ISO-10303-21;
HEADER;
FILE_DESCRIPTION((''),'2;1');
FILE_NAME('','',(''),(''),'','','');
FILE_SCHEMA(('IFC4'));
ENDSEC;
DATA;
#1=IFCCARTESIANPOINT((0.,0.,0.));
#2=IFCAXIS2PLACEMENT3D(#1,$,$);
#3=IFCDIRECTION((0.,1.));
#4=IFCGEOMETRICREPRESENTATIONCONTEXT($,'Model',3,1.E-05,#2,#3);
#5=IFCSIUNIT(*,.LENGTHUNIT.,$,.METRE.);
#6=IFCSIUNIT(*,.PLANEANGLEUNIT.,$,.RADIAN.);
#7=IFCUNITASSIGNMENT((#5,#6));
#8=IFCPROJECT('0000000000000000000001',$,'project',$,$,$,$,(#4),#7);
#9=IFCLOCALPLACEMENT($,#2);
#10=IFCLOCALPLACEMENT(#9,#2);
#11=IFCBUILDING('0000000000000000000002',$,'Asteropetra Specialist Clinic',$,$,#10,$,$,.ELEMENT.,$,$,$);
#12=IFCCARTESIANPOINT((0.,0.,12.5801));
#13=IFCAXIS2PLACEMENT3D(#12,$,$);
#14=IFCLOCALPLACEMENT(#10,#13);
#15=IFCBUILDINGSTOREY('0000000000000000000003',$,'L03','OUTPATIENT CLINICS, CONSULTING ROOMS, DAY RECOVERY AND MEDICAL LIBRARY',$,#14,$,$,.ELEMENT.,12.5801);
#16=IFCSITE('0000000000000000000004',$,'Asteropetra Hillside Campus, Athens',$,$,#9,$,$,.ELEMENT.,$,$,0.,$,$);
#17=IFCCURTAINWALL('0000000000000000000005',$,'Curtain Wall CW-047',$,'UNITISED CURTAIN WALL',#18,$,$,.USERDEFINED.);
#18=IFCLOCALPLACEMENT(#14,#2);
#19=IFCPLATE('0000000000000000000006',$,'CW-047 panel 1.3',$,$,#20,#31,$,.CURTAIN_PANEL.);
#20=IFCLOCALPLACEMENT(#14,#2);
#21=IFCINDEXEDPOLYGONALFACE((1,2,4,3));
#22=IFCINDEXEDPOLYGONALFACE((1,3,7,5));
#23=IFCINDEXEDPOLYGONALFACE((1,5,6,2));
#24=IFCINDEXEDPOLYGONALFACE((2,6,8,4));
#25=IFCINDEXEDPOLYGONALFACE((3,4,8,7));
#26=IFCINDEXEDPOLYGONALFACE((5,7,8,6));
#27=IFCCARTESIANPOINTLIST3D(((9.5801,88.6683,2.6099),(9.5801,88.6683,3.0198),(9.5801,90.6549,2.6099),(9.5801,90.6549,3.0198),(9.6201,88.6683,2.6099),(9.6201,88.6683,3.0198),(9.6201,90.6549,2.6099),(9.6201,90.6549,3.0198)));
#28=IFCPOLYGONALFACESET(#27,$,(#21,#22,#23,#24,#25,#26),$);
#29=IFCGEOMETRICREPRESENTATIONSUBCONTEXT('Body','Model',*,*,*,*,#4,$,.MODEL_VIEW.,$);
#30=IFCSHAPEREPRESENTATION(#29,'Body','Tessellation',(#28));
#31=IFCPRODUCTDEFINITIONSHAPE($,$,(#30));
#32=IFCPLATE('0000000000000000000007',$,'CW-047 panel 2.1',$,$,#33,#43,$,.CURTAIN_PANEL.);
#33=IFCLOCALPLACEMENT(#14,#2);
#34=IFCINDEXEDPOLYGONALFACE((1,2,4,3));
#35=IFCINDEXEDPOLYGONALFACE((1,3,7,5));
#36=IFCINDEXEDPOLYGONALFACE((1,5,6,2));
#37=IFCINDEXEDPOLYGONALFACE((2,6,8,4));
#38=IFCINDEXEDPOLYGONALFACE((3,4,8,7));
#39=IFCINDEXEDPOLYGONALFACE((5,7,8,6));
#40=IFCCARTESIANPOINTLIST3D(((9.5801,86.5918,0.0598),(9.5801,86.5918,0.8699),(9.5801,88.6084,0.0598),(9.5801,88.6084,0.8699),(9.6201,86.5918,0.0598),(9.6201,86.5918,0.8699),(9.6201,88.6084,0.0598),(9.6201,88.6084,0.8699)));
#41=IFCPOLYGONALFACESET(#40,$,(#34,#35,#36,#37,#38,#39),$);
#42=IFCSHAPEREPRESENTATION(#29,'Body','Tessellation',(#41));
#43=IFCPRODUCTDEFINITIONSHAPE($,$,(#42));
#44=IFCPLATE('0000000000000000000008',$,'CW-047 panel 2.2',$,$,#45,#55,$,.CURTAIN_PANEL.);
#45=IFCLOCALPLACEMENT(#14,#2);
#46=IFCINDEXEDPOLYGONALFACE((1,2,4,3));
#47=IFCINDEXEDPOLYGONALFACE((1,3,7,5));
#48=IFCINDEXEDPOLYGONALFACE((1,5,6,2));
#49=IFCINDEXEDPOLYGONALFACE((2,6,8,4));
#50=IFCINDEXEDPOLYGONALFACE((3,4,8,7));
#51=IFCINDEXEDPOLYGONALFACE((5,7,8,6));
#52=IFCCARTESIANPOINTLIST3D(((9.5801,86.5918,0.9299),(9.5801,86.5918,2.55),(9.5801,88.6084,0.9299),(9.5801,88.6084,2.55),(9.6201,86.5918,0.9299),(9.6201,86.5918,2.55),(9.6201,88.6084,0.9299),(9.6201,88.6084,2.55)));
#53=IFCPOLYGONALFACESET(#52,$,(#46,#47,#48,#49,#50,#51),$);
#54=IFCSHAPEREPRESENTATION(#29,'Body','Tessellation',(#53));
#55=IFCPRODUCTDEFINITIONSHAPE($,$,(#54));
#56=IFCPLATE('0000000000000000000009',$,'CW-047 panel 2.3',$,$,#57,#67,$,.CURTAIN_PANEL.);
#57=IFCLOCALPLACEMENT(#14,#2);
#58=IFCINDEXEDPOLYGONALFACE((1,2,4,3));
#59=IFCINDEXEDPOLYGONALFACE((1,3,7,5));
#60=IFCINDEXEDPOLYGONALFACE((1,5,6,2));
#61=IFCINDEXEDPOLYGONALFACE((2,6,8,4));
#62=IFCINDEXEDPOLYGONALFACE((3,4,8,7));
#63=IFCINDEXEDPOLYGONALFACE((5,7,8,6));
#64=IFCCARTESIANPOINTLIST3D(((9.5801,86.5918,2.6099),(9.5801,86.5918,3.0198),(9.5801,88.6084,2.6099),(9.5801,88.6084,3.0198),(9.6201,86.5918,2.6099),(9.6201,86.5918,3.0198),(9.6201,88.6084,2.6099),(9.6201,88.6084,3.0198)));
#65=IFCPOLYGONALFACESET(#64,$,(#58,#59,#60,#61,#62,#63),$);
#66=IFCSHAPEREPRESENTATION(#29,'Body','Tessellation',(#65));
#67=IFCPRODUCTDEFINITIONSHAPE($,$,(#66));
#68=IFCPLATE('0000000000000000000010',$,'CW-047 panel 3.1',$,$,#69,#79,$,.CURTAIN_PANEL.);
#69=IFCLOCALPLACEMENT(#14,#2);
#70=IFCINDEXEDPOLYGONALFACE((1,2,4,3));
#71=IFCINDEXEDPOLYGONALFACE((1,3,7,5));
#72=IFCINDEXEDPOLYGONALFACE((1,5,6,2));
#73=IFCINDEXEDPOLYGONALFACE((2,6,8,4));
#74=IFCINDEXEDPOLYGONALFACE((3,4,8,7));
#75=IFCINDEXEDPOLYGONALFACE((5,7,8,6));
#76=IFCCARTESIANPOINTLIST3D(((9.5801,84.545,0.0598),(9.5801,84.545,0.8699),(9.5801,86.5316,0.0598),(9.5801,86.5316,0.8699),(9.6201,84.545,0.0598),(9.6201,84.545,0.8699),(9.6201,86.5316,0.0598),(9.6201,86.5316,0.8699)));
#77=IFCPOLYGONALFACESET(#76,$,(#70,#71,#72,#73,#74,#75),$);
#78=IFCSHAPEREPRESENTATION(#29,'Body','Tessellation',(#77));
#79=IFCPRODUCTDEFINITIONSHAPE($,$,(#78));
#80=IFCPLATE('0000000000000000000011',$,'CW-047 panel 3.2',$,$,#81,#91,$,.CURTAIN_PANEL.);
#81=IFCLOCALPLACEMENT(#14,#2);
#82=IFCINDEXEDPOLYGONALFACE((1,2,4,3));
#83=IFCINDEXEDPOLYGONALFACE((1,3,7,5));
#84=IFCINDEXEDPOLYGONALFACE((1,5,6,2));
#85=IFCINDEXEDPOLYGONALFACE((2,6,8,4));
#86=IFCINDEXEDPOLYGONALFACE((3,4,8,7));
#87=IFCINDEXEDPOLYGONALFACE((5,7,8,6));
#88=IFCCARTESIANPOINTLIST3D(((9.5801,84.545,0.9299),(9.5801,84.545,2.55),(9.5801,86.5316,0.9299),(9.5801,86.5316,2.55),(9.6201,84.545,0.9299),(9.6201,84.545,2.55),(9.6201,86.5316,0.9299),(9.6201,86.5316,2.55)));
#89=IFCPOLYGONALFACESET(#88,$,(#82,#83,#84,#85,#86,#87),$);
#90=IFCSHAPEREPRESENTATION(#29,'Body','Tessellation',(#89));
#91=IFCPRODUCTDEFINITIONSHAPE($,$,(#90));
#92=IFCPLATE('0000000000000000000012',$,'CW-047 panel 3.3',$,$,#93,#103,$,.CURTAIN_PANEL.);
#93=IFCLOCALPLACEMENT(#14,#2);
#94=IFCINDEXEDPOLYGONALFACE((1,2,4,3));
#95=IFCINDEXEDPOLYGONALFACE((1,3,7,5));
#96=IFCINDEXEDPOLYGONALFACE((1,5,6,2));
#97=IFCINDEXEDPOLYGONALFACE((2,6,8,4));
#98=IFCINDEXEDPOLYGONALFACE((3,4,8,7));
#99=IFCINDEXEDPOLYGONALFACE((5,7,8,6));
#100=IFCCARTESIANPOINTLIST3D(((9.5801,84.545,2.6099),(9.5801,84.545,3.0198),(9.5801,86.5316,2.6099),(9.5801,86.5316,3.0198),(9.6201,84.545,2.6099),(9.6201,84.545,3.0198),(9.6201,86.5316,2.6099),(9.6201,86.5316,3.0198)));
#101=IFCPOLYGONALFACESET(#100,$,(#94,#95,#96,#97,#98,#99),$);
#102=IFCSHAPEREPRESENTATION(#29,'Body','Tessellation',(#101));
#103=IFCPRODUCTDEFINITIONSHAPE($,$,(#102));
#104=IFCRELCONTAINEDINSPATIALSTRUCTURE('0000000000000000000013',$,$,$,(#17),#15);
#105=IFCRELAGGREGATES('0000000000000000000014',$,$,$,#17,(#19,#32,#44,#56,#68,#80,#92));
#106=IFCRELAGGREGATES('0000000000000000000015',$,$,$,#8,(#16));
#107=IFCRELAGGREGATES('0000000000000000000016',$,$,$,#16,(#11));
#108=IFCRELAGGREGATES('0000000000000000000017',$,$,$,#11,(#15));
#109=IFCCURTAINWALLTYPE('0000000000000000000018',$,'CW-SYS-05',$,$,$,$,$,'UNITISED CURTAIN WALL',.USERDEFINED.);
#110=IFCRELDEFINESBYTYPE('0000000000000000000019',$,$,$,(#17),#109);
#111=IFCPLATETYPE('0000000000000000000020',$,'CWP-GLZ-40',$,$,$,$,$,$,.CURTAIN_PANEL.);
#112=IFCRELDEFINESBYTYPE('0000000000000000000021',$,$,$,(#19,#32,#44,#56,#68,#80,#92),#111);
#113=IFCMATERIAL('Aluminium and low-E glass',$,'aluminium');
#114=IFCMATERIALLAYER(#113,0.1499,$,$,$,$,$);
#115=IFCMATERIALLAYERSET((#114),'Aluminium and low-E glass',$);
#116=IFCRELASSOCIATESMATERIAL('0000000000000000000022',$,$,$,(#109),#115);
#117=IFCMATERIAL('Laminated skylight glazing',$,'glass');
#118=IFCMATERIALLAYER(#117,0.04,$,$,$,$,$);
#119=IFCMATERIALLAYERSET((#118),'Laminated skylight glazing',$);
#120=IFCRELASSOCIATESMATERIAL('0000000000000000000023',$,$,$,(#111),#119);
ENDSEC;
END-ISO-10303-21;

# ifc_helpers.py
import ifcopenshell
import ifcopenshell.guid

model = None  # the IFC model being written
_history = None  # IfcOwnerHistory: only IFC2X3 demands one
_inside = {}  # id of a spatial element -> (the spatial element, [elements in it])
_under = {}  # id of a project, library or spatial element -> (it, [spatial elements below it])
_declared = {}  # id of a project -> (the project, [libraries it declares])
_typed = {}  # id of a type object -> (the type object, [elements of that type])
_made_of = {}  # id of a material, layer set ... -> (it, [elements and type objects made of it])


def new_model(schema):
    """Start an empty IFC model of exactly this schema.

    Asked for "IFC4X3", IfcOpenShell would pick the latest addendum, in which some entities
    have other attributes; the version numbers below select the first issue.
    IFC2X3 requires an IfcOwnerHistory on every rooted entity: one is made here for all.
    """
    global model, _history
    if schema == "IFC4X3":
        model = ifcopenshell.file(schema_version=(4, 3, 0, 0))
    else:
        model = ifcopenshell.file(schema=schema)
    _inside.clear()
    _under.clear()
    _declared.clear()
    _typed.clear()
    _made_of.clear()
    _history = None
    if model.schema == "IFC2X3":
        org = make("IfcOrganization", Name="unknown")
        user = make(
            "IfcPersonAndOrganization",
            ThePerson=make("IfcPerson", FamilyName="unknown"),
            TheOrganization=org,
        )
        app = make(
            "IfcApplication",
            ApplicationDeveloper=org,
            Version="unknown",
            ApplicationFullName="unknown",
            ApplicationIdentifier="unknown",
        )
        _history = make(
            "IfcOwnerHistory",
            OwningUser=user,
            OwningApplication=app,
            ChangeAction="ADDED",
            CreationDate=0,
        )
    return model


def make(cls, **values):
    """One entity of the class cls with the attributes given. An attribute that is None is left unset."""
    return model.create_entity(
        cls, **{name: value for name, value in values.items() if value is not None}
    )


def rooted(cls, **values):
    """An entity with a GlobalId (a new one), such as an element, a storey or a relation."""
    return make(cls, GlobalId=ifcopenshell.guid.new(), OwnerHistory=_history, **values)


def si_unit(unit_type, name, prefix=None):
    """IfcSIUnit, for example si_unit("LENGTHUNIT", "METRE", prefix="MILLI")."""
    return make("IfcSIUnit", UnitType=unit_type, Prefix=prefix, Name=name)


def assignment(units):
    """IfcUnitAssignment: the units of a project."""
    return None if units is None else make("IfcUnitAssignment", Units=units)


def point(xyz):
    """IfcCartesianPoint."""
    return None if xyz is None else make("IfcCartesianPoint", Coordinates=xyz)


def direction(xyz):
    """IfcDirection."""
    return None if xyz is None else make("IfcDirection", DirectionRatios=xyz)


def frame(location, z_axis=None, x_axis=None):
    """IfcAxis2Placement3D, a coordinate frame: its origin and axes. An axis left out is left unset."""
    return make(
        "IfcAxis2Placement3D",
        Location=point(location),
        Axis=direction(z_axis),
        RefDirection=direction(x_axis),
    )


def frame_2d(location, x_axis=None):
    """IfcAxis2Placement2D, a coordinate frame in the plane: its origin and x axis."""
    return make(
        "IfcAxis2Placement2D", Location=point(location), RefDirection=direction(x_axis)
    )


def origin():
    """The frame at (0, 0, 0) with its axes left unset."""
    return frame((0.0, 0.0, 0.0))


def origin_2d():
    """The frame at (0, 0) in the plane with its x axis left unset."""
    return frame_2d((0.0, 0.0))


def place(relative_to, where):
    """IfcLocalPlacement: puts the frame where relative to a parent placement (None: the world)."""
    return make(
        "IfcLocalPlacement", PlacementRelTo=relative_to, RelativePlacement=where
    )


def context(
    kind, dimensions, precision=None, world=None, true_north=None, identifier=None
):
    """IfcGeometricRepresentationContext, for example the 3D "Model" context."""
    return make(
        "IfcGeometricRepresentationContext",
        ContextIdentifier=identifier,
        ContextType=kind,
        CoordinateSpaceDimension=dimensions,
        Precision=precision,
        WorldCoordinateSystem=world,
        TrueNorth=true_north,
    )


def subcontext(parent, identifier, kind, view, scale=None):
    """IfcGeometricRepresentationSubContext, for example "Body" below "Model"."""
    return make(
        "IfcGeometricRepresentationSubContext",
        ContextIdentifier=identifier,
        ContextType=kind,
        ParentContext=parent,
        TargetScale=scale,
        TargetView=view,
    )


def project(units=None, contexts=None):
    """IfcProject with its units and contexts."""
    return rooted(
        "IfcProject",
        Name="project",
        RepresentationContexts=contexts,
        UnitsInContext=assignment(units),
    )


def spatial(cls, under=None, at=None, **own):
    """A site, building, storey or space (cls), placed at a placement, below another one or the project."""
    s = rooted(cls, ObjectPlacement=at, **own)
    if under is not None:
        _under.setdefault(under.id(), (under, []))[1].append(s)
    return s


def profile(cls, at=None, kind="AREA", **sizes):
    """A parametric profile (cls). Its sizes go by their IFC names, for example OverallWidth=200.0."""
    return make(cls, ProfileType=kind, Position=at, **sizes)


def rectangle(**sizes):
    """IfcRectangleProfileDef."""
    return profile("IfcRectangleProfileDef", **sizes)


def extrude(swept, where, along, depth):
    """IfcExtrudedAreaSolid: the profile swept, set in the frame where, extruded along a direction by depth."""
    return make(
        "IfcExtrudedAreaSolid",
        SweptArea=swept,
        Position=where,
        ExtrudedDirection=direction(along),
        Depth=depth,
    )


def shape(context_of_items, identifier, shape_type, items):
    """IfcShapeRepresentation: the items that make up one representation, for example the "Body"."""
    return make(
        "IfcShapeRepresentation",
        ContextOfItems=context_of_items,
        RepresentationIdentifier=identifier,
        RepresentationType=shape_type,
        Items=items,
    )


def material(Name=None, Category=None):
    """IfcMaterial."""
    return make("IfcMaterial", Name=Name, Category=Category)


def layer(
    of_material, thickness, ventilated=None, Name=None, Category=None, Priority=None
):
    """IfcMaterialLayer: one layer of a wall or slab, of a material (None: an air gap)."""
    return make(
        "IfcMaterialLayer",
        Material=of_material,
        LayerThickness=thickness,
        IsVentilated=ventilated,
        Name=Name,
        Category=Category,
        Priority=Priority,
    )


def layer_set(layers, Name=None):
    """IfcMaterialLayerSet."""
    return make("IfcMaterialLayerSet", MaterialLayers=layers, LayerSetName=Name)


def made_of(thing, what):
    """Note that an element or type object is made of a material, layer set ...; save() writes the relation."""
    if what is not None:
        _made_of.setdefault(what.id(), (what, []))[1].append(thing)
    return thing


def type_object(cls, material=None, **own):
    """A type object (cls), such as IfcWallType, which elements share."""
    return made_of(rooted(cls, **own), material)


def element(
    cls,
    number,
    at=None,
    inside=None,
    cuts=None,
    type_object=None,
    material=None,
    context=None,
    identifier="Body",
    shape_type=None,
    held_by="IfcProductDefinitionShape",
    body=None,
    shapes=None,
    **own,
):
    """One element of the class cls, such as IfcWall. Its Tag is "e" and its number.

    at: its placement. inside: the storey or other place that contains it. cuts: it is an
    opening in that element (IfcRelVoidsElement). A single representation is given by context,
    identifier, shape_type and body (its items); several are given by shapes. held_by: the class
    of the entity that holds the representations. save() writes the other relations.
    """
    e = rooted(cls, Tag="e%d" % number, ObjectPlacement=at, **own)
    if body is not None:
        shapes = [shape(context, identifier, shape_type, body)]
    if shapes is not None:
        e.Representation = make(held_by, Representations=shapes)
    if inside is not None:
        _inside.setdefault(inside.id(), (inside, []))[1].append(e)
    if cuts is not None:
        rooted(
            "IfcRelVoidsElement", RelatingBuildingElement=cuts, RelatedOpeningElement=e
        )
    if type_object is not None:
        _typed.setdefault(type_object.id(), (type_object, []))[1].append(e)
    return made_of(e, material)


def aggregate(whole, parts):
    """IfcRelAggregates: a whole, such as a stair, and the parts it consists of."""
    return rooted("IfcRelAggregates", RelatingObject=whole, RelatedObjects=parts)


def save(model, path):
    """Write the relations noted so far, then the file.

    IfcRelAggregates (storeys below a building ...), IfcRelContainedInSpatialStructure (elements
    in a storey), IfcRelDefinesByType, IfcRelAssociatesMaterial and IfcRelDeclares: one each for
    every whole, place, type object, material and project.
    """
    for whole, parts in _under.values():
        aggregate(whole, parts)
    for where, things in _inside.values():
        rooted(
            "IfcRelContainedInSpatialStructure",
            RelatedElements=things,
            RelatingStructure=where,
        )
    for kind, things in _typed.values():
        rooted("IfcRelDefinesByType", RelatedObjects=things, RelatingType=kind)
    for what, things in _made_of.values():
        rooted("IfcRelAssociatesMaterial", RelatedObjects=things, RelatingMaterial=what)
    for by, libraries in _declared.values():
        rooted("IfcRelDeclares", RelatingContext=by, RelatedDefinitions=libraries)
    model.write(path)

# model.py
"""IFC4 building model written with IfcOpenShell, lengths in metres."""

from ifc_helpers import new_model, si_unit, direction, frame, origin, origin_2d, place, context, subcontext, project, spatial, rectangle, extrude, material, layer, layer_set, type_object, element, aggregate, save


model = new_model("IFC4")

# Units and contexts
model_context = context("Model", 3, precision=1e-05, world=origin(), true_north=direction((0.0, 1.0)))
body_context = subcontext(model_context, "Body", "Model", "MODEL_VIEW")
ifc_project = project(units=[si_unit("LENGTHUNIT", "METRE"), si_unit("PLANEANGLEUNIT", "RADIAN")], contexts=[model_context])

# Site, building, storey
site_placement = place(None, origin())
site = spatial("IfcSite", under=ifc_project, at=site_placement, Name="Asteropetra Hillside Campus, Athens", CompositionType="ELEMENT", RefElevation=0.0)
building_placement = place(site_placement, origin())
building = spatial("IfcBuilding", under=site, at=building_placement, Name="Asteropetra Specialist Clinic", CompositionType="ELEMENT")
storey_placement = place(building_placement, frame((0.0, 0.0, 12.5801)))
storey = spatial("IfcBuildingStorey", under=building, at=storey_placement, Name="L03", Description="OUTPATIENT CLINICS, CONSULTING ROOMS, DAY RECOVERY AND MEDICAL LIBRARY", CompositionType="ELEMENT", Elevation=12.5801)

# Curtain wall
ifc_material_1 = material(Name="Aluminium and low-E glass", Category="aluminium")
ifc_layer_1 = layer(ifc_material_1, 0.1499)
ifc_layer_set_1 = layer_set([ifc_layer_1], Name="Aluminium and low-E glass")
curtain_wall_type = type_object("IfcCurtainWallType", Name="CW-SYS-05", ElementType="UNITISED CURTAIN WALL", PredefinedType="USERDEFINED", material=ifc_layer_set_1)
curtain_wall_placement = place(storey_placement, origin())
curtain_wall = element("IfcCurtainWall", 1, at=curtain_wall_placement, inside=storey, type_object=curtain_wall_type, Name="Curtain Wall CW-047", ObjectType="UNITISED CURTAIN WALL", PredefinedType="USERDEFINED")

# Plates
ifc_material_2 = material(Name="Laminated skylight glazing", Category="glass")
ifc_layer_2 = layer(ifc_material_2, 0.04)
ifc_layer_set_2 = layer_set([ifc_layer_2], Name="Laminated skylight glazing")
plate_type = type_object("IfcPlateType", Name="CWP-GLZ-40", PredefinedType="CURTAIN_PANEL", material=ifc_layer_set_2)
plate_1_placement = place(storey_placement, frame((9.6001, 89.6616, 2.6099), z_axis=(0.0, 0.0, 1.0), x_axis=(0.0, -1.0, 0.0)))
plate_1 = element("IfcPlate", 2, at=plate_1_placement, type_object=plate_type, Name="CW-047 panel 1.3", PredefinedType="CURTAIN_PANEL", context=body_context, shape_type="SweptSolid", body=[
    extrude(rectangle(XDim=1.9866, YDim=0.04, at=origin_2d()), origin(), (0.0, 0.0, 1.0), 0.4099),
])
plate_2_placement = place(storey_placement, frame((9.6001, 87.6001, 0.0598), z_axis=(0.0, 0.0, 1.0), x_axis=(0.0, -1.0, 0.0)))
plate_2 = element("IfcPlate", 3, at=plate_2_placement, type_object=plate_type, Name="CW-047 panel 2.1", PredefinedType="CURTAIN_PANEL", context=body_context, shape_type="SweptSolid", body=[
    extrude(rectangle(XDim=2.0166, YDim=0.04, at=origin_2d()), origin(), (0.0, 0.0, 1.0), 0.8101),
])
plate_3_placement = place(storey_placement, frame((9.6001, 87.6001, 0.9299), z_axis=(0.0, 0.0, 1.0), x_axis=(0.0, -1.0, 0.0)))
plate_3 = element("IfcPlate", 4, at=plate_3_placement, type_object=plate_type, Name="CW-047 panel 2.2", PredefinedType="CURTAIN_PANEL", context=body_context, shape_type="SweptSolid", body=[
    extrude(rectangle(XDim=2.0166, YDim=0.04, at=origin_2d()), origin(), (0.0, 0.0, 1.0), 1.6201),
])
plate_4_placement = place(storey_placement, frame((9.6001, 87.6001, 2.6099), z_axis=(0.0, 0.0, 1.0), x_axis=(0.0, -1.0, 0.0)))
plate_4 = element("IfcPlate", 5, at=plate_4_placement, type_object=plate_type, Name="CW-047 panel 2.3", PredefinedType="CURTAIN_PANEL", context=body_context, shape_type="SweptSolid", body=[
    extrude(rectangle(XDim=2.0166, YDim=0.04, at=origin_2d()), origin(), (0.0, 0.0, 1.0), 0.4099),
])
plate_5_placement = place(storey_placement, frame((9.6001, 85.5383, 0.0598), z_axis=(0.0, 0.0, 1.0), x_axis=(0.0, -1.0, 0.0)))
plate_5 = element("IfcPlate", 6, at=plate_5_placement, type_object=plate_type, Name="CW-047 panel 3.1", PredefinedType="CURTAIN_PANEL", context=body_context, shape_type="SweptSolid", body=[
    extrude(rectangle(XDim=1.9866, YDim=0.04, at=origin_2d()), origin(), (0.0, 0.0, 1.0), 0.8101),
])
plate_6_placement = place(storey_placement, frame((9.6001, 85.5383, 0.9299), z_axis=(0.0, 0.0, 1.0), x_axis=(0.0, -1.0, 0.0)))
plate_6 = element("IfcPlate", 7, at=plate_6_placement, type_object=plate_type, Name="CW-047 panel 3.2", PredefinedType="CURTAIN_PANEL", context=body_context, shape_type="SweptSolid", body=[
    extrude(rectangle(XDim=1.9866, YDim=0.04, at=origin_2d()), origin(), (0.0, 0.0, 1.0), 1.6201),
])
plate_7_placement = place(storey_placement, frame((9.6001, 85.5383, 2.6099), z_axis=(0.0, 0.0, 1.0), x_axis=(0.0, -1.0, 0.0)))
plate_7 = element("IfcPlate", 8, at=plate_7_placement, type_object=plate_type, Name="CW-047 panel 3.3", PredefinedType="CURTAIN_PANEL", context=body_context, shape_type="SweptSolid", body=[
    extrude(rectangle(XDim=1.9866, YDim=0.04, at=origin_2d()), origin(), (0.0, 0.0, 1.0), 0.4099),
])
aggregate(curtain_wall, [plate_1, plate_2, plate_3, plate_4, plate_5, plate_6, plate_7])

save(model, "model.ifc")
